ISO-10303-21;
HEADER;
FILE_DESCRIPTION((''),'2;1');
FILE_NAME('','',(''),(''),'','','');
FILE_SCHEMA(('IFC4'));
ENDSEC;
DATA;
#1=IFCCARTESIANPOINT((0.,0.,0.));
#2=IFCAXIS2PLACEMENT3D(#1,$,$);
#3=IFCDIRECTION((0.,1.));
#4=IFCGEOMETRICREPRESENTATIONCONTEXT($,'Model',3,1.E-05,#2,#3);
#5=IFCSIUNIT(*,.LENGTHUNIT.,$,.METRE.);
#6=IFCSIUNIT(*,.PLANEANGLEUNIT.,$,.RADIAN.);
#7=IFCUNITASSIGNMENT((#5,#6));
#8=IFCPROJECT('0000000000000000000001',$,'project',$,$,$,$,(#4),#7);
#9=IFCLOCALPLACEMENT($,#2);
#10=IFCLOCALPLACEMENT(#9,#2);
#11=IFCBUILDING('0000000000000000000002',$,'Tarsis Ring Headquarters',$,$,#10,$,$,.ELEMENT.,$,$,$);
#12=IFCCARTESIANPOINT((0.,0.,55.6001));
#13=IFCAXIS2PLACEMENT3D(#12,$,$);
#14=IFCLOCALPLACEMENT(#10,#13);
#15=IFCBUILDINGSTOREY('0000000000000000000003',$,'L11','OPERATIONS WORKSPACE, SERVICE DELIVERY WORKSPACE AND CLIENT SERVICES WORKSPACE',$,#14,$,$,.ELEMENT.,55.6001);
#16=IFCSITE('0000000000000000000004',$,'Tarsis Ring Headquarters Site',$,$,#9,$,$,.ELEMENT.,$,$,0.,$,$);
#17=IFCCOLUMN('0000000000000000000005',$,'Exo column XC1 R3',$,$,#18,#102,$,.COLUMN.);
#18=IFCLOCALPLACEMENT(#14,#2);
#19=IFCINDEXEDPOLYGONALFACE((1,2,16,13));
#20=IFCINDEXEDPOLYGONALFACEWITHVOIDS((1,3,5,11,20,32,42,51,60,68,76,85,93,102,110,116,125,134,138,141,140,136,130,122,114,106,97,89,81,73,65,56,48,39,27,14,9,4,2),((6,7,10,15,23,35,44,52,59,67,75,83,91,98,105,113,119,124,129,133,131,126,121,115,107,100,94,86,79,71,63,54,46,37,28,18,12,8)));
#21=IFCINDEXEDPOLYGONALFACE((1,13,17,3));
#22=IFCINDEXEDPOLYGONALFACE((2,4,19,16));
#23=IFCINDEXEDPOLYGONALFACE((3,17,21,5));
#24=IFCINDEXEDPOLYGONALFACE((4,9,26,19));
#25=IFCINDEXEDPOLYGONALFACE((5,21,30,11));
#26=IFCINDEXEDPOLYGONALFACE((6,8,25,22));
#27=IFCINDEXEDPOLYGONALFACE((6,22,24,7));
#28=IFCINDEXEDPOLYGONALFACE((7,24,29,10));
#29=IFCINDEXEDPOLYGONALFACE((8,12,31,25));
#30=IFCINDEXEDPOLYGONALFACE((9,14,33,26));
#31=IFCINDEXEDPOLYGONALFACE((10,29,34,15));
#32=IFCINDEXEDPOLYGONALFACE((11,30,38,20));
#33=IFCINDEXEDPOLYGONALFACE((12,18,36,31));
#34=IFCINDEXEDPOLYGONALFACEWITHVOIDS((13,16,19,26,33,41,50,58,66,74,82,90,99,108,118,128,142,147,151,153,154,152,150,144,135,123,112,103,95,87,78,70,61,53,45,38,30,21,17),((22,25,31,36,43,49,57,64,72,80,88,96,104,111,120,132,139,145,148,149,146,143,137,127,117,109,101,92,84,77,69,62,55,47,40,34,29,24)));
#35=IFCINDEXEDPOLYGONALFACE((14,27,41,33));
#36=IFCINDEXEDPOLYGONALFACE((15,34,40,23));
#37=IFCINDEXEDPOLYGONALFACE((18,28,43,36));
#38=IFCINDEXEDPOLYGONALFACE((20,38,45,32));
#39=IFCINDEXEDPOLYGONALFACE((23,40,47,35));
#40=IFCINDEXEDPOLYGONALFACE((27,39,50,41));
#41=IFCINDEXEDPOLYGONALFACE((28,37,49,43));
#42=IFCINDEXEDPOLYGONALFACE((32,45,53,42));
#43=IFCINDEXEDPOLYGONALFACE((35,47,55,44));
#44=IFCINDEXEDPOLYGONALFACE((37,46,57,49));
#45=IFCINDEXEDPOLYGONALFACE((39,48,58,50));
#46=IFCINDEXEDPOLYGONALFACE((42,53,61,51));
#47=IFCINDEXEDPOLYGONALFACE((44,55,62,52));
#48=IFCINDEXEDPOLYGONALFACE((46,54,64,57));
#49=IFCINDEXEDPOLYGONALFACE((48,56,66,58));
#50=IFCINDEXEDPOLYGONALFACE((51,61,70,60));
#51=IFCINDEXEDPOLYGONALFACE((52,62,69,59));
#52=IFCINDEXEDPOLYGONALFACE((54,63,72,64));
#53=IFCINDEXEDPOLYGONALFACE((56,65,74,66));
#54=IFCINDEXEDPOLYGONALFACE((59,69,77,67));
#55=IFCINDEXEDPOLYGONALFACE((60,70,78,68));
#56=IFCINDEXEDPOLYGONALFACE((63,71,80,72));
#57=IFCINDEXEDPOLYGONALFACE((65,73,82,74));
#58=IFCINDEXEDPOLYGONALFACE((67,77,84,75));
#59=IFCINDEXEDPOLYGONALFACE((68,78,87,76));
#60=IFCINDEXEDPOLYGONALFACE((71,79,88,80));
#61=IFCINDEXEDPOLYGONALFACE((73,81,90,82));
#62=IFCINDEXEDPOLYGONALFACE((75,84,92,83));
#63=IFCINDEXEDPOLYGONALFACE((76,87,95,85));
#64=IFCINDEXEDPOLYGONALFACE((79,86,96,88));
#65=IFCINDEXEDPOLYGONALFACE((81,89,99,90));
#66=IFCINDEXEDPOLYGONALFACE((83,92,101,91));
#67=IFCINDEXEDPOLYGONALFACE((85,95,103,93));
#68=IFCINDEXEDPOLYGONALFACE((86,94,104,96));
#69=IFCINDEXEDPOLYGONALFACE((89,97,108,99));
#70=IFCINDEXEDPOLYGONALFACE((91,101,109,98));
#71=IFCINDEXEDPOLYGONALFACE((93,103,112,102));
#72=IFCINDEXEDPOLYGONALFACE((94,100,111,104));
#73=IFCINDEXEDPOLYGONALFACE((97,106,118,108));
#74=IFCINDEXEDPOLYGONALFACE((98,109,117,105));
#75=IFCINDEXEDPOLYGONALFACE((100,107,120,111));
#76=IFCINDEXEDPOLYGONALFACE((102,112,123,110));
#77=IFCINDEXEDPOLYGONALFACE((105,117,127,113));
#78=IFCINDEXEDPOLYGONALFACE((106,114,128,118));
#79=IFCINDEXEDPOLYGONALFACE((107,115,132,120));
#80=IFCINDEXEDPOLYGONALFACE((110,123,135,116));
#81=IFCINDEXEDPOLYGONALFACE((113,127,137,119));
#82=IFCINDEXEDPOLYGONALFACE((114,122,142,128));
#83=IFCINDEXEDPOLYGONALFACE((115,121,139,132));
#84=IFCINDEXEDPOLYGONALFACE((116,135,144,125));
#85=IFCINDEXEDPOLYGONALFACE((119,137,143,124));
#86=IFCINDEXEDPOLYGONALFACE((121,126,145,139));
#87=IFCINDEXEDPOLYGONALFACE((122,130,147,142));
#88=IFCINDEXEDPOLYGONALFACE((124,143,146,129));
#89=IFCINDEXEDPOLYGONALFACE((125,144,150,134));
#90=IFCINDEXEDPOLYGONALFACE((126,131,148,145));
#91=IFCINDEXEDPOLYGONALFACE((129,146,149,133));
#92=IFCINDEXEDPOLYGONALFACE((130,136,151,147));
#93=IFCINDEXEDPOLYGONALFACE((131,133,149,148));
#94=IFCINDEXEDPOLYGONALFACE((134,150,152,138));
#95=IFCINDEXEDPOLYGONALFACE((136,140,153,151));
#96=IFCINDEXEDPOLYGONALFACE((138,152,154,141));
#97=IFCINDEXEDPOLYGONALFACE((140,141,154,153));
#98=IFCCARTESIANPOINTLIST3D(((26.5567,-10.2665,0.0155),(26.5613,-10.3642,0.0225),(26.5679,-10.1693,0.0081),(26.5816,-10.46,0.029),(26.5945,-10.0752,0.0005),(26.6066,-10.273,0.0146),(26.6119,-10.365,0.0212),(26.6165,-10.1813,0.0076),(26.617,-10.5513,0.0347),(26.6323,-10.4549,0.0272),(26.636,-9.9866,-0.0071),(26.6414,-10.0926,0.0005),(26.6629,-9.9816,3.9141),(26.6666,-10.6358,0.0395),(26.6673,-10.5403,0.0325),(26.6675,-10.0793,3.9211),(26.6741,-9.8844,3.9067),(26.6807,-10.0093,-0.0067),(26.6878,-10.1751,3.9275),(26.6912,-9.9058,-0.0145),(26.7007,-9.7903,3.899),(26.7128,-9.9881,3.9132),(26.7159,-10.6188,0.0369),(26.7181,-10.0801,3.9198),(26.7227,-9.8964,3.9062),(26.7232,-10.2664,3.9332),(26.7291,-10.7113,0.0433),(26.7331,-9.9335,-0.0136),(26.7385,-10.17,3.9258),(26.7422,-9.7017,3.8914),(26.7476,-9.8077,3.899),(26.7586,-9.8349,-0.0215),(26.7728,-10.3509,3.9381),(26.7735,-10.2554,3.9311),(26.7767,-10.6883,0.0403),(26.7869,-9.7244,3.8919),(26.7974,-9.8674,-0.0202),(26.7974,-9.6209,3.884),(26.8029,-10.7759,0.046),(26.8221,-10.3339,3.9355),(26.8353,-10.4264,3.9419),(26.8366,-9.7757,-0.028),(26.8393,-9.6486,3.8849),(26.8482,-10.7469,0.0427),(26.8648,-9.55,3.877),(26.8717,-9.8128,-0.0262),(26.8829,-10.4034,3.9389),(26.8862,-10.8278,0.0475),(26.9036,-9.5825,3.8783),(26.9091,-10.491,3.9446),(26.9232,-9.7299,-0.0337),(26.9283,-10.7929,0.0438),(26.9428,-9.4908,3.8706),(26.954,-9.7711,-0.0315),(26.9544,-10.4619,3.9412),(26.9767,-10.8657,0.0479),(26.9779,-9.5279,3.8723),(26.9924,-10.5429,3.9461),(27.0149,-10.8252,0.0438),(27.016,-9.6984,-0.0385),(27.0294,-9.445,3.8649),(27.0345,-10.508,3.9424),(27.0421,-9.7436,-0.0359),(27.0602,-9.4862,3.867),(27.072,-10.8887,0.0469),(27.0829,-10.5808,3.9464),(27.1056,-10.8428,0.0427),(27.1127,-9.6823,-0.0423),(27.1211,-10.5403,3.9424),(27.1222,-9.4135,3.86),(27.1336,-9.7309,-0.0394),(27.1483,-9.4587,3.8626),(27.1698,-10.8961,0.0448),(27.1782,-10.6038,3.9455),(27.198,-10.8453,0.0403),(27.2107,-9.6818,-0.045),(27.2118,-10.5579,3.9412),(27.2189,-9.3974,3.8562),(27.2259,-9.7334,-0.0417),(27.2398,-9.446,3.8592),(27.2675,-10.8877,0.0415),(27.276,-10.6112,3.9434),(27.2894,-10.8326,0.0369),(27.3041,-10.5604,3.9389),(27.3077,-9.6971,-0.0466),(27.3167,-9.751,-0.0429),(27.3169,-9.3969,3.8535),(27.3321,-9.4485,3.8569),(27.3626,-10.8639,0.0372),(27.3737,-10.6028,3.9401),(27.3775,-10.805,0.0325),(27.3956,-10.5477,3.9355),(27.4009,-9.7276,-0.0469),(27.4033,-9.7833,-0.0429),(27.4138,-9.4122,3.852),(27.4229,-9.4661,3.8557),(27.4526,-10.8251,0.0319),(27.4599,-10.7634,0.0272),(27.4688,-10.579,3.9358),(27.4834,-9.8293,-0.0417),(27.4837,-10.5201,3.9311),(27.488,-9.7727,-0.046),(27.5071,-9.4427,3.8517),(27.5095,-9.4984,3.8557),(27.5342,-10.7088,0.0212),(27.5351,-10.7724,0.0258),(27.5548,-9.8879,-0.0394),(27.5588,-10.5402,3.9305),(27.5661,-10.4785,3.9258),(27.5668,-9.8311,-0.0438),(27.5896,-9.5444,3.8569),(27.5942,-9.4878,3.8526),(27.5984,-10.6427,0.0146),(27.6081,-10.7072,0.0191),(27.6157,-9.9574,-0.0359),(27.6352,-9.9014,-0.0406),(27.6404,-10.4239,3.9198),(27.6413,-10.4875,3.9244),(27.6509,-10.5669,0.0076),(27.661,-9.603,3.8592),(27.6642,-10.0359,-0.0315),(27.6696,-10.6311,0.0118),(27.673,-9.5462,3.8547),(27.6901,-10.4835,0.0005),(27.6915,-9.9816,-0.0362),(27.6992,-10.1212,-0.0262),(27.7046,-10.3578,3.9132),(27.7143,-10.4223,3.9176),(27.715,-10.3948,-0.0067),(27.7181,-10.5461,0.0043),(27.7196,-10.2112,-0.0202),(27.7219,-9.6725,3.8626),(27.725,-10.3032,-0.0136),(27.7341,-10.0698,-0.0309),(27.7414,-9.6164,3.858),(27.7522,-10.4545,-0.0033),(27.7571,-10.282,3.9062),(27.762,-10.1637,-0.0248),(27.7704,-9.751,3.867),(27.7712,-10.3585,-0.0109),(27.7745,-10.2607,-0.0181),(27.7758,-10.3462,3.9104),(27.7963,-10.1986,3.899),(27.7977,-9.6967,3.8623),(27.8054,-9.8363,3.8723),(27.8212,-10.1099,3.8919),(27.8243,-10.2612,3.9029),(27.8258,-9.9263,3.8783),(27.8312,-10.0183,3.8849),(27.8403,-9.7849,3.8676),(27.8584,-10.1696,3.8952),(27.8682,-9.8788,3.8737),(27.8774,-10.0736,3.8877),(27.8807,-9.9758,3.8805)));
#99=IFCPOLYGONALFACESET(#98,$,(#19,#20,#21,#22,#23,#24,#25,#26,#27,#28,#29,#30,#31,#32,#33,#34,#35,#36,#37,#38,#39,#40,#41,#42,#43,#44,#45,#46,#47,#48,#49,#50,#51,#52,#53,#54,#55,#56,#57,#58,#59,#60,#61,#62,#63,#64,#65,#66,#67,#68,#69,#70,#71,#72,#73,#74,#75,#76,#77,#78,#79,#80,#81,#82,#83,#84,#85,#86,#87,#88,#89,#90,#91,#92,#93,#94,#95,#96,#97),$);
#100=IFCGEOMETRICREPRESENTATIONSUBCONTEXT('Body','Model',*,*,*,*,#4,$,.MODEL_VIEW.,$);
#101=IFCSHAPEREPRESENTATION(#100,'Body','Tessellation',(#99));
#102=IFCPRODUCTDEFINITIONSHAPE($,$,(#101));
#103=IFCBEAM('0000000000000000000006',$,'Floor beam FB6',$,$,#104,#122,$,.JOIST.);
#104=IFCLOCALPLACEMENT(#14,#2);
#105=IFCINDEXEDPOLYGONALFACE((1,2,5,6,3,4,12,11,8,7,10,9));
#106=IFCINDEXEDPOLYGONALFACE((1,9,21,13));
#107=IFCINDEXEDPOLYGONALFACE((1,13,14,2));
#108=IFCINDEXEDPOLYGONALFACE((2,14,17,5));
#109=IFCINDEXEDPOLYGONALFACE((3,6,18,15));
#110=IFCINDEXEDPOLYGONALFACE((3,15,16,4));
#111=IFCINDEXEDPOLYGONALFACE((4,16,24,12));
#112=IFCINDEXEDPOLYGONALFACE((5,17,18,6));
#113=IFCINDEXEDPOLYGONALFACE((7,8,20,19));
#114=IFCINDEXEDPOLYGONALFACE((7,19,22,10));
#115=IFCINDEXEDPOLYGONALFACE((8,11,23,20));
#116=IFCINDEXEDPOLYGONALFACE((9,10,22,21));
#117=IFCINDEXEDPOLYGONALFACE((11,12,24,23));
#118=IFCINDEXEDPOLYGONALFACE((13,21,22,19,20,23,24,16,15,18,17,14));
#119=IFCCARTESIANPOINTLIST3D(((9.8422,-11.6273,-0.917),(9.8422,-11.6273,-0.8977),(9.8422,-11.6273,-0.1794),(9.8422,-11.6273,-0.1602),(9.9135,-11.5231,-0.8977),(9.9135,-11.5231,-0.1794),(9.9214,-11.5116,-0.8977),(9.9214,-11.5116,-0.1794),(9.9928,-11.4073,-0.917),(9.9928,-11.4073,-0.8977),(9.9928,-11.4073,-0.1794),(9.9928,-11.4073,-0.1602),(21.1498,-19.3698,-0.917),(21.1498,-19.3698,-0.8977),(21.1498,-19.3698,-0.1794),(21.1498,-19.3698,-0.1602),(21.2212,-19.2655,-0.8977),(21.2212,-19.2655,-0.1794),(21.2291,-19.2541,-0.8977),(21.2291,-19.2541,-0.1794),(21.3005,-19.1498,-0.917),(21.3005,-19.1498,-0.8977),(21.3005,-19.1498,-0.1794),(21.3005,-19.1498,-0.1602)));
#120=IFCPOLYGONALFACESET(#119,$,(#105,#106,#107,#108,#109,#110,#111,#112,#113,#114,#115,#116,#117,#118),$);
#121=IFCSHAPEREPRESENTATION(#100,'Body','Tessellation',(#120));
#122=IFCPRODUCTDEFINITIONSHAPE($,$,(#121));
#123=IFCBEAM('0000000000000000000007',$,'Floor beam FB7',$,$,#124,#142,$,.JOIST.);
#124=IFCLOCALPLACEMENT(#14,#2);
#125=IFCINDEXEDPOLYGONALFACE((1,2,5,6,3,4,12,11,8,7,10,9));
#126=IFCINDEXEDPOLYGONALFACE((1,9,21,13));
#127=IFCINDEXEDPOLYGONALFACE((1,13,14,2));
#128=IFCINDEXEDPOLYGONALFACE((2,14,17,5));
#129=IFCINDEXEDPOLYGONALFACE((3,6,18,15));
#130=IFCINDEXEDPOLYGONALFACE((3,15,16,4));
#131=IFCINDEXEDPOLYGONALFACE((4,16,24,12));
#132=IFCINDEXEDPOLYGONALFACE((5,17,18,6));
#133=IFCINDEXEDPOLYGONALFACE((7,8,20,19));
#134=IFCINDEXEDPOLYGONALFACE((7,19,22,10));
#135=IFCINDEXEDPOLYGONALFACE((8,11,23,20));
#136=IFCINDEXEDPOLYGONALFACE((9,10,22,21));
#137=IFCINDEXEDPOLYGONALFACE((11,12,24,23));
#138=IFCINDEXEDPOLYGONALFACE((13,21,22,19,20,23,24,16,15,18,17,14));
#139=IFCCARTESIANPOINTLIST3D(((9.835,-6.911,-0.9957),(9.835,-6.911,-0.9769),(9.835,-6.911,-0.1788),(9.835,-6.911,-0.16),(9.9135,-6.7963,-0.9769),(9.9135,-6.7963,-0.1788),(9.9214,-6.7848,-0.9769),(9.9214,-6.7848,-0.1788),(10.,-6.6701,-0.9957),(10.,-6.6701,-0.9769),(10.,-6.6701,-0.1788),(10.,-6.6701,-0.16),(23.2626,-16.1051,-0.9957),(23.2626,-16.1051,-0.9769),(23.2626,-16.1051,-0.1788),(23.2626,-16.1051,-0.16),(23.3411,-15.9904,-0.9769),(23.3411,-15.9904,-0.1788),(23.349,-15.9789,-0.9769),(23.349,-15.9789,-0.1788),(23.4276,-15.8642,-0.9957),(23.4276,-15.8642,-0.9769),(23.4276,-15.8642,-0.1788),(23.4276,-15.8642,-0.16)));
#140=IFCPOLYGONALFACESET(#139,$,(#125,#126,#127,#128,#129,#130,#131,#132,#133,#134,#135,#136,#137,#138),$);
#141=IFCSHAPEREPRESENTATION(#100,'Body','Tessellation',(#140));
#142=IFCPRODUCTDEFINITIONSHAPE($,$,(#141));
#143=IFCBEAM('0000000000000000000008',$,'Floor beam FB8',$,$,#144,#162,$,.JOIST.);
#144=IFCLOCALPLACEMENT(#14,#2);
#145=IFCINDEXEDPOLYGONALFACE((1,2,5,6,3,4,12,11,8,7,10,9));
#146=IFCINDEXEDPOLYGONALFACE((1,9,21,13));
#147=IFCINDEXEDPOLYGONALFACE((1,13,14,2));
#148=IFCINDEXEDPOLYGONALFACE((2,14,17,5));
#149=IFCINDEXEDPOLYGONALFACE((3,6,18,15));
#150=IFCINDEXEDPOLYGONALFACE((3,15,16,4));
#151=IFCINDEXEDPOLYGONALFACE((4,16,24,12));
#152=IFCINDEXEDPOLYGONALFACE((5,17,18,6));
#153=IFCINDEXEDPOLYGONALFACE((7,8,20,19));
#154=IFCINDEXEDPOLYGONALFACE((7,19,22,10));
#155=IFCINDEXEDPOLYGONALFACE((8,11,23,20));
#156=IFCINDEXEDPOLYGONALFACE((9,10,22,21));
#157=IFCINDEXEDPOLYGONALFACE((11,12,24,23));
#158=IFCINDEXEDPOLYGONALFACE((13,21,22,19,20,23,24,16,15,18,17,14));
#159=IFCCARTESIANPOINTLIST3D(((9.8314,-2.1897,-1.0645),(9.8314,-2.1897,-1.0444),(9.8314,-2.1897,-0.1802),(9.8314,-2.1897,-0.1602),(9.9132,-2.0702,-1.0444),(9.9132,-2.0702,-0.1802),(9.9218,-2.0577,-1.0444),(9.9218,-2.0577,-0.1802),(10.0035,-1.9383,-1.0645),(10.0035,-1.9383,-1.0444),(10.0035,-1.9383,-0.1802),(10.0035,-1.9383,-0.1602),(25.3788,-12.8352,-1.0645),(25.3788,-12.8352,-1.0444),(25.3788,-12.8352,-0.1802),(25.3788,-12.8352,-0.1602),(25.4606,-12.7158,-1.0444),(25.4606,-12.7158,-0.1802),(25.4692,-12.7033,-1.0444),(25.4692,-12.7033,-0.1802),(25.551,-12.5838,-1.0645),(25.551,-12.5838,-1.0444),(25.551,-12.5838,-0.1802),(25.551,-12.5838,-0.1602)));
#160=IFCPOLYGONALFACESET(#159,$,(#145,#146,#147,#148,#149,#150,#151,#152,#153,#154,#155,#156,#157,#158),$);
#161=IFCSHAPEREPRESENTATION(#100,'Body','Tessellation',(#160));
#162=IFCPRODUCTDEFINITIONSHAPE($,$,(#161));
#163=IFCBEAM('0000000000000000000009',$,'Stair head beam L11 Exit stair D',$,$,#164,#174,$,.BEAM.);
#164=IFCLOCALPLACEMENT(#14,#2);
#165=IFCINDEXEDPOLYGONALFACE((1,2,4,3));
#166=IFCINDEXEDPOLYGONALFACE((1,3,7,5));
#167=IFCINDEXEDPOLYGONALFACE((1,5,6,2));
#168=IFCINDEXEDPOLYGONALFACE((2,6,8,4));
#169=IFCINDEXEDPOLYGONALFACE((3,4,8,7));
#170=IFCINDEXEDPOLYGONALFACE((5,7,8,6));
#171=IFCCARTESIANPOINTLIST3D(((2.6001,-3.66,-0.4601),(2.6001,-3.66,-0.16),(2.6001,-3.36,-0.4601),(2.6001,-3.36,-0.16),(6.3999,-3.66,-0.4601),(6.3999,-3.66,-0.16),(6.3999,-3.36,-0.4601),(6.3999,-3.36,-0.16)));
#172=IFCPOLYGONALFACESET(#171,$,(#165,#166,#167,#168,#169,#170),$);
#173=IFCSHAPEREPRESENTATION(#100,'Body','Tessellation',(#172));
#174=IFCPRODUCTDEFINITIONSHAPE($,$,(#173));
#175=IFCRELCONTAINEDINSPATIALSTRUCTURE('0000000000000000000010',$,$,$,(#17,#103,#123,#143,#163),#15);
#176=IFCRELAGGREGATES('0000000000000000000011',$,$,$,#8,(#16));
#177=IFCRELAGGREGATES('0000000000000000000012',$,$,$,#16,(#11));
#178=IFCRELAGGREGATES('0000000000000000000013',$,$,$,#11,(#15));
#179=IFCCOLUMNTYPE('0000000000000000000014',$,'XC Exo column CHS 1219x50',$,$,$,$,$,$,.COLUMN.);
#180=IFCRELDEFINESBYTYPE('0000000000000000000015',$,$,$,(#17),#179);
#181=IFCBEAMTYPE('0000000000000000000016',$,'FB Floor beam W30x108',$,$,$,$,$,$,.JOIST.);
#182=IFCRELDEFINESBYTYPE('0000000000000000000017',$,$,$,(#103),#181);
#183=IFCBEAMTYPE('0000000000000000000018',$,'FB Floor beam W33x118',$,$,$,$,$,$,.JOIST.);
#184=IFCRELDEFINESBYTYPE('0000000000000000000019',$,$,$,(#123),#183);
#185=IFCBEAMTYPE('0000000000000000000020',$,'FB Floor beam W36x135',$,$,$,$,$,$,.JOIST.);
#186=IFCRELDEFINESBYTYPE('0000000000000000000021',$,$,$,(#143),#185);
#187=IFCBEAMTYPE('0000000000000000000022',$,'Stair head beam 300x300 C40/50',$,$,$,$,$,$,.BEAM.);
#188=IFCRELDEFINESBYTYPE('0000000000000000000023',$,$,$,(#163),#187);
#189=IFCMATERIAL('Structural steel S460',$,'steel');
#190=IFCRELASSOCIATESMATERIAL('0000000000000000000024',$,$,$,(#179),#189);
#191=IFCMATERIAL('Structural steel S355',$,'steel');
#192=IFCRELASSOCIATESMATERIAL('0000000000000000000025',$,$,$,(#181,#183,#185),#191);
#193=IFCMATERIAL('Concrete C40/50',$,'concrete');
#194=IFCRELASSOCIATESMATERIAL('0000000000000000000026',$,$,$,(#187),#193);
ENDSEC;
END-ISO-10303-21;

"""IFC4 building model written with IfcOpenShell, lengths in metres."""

from ifc_helpers import new_model, si_unit, direction, frame, origin, origin_2d, place, context, subcontext, project, spatial, rectangle, hollow_circle, i_section, extrude, material, material_profile, profile_set, type_object, element, save


model = new_model("IFC4")

# Units and contexts
model_context = context("Model", 3, precision=1e-05, world=origin(), true_north=direction((0.0, 1.0)))
body_context = subcontext(model_context, "Body", "Model", "MODEL_VIEW")
ifc_project = project(units=[si_unit("LENGTHUNIT", "METRE"), si_unit("PLANEANGLEUNIT", "RADIAN")], contexts=[model_context])

# Site, building, storey
site_placement = place(None, origin())
site = spatial("IfcSite", under=ifc_project, at=site_placement, Name="Tarsis Ring Headquarters Site", CompositionType="ELEMENT", RefElevation=0.0)
building_placement = place(site_placement, origin())
building = spatial("IfcBuilding", under=site, at=building_placement, Name="Tarsis Ring Headquarters", CompositionType="ELEMENT")
storey_placement = place(building_placement, frame((0.0, 0.0, 55.6001)))
storey = spatial("IfcBuildingStorey", under=building, at=storey_placement, Name="L11", Description="OPERATIONS WORKSPACE, SERVICE DELIVERY WORKSPACE AND CLIENT SERVICES WORKSPACE", CompositionType="ELEMENT", Elevation=55.6001)

# Column
ifc_material_1 = material(Name="Structural steel S460", Category="steel")
ifc_material_profile_1 = material_profile(ifc_material_1, hollow_circle(Radius=0.6096, WallThickness=0.05, at=origin_2d()), Name="CHS 1219x50")
ifc_profile_set_1 = profile_set([ifc_material_profile_1], Name="Structural steel S460")
column_type = type_object("IfcColumnType", Name="XC Exo column CHS 1219x50", PredefinedType="COLUMN", material=ifc_profile_set_1)
column_placement = place(storey_placement, frame((27.1658, -10.2881, 0.0005), z_axis=(0.027158, 0.072858, 0.996973), x_axis=(-0.93702, 0.349275, 0.0)))
element("IfcColumn", 1, at=column_placement, inside=storey, type_object=column_type, Name="Exo column XC1 R3", PredefinedType="COLUMN", context=body_context, shape_type="SweptSolid", body=[
    extrude(hollow_circle(Radius=0.6096, WallThickness=0.05, at=origin_2d()), origin(), (0.0, 0.0, 1.0), 3.9104),
])

# Beams
ifc_material_2 = material(Name="Structural steel S355", Category="steel")
ifc_material_profile_2 = material_profile(ifc_material_2, i_section(OverallWidth=0.2666, OverallDepth=0.7568, WebThickness=0.0139, FlangeThickness=0.0193, at=origin_2d()), Name="W30x108")
ifc_profile_set_2 = profile_set([ifc_material_profile_2], Name="Structural steel S355")
beam_type_1 = type_object("IfcBeamType", Name="FB Floor beam W30x108", PredefinedType="JOIST", material=ifc_profile_set_2)
beam_1_placement = place(storey_placement, frame((9.9175, -11.5173, -0.5386), z_axis=(0.825115, -0.564964, 0.0), x_axis=(0.564964, 0.825115, 0.0)))
element("IfcBeam", 2, at=beam_1_placement, inside=storey, type_object=beam_type_1, Name="Floor beam FB6", PredefinedType="JOIST", context=body_context, shape_type="SweptSolid", body=[
    extrude(i_section(OverallWidth=0.2666, OverallDepth=0.7568, WebThickness=0.0139, FlangeThickness=0.0193, at=origin_2d()), origin(), (0.0, 0.0, 1.0), 13.7043),
])
ifc_material_profile_3 = material_profile(ifc_material_2, i_section(OverallWidth=0.292, OverallDepth=0.8357, WebThickness=0.0139, FlangeThickness=0.0188, at=origin_2d()), Name="W33x118")
ifc_profile_set_3 = profile_set([ifc_material_profile_3], Name="Structural steel S355")
beam_type_2 = type_object("IfcBeamType", Name="FB Floor beam W33x118", PredefinedType="JOIST", material=ifc_profile_set_3)
beam_2_placement = place(storey_placement, frame((9.9175, -6.7905, -0.5779), z_axis=(0.825111, -0.564971, 0.0), x_axis=(0.564971, 0.825111, 0.0)))
element("IfcBeam", 3, at=beam_2_placement, inside=storey, type_object=beam_type_2, Name="Floor beam FB7", PredefinedType="JOIST", context=body_context, shape_type="SweptSolid", body=[
    extrude(i_section(OverallWidth=0.292, OverallDepth=0.8357, WebThickness=0.0139, FlangeThickness=0.0188, at=origin_2d()), origin(), (0.0, 0.0, 1.0), 16.2737),
])
ifc_material_profile_4 = material_profile(ifc_material_2, i_section(OverallWidth=0.3047, OverallDepth=0.9043, WebThickness=0.0151, FlangeThickness=0.02, at=origin_2d()), Name="W36x135")
ifc_profile_set_4 = profile_set([ifc_material_profile_4], Name="Structural steel S355")
beam_type_3 = type_object("IfcBeamType", Name="FB Floor beam W36x135", PredefinedType="JOIST", material=ifc_profile_set_4)
beam_3_placement = place(storey_placement, frame((9.9175, -2.064, -0.6123), z_axis=(0.825113, -0.564967, 0.0), x_axis=(0.564967, 0.825113, 0.0)))
element("IfcBeam", 4, at=beam_3_placement, inside=storey, type_object=beam_type_3, Name="Floor beam FB8", PredefinedType="JOIST", context=body_context, shape_type="SweptSolid", body=[
    extrude(i_section(OverallWidth=0.3047, OverallDepth=0.9043, WebThickness=0.0151, FlangeThickness=0.02, at=origin_2d()), origin(), (0.0, 0.0, 1.0), 18.8428),
])
ifc_material_3 = material(Name="Concrete C40/50", Category="concrete")
ifc_material_profile_5 = material_profile(ifc_material_3, rectangle(XDim=0.3, YDim=0.3, at=origin_2d()), Name="Stair head beam 300x300 C40/50")
ifc_profile_set_5 = profile_set([ifc_material_profile_5], Name="Concrete C40/50")
beam_type_4 = type_object("IfcBeamType", Name="Stair head beam 300x300 C40/50", PredefinedType="BEAM", material=ifc_profile_set_5)
beam_4_placement = place(storey_placement, frame((2.6001, -3.51, -0.3101), z_axis=(1.0, 0.0, 0.0), x_axis=(0.0, 1.0, 0.0)))
element("IfcBeam", 5, at=beam_4_placement, inside=storey, type_object=beam_type_4, Name="Stair head beam L11 Exit stair D", PredefinedType="BEAM", context=body_context, shape_type="SweptSolid", body=[
    extrude(rectangle(XDim=0.3, YDim=0.3, at=origin_2d()), origin(), (0.0, 0.0, 1.0), 3.7998),
])

save(model, "model.ifc")
